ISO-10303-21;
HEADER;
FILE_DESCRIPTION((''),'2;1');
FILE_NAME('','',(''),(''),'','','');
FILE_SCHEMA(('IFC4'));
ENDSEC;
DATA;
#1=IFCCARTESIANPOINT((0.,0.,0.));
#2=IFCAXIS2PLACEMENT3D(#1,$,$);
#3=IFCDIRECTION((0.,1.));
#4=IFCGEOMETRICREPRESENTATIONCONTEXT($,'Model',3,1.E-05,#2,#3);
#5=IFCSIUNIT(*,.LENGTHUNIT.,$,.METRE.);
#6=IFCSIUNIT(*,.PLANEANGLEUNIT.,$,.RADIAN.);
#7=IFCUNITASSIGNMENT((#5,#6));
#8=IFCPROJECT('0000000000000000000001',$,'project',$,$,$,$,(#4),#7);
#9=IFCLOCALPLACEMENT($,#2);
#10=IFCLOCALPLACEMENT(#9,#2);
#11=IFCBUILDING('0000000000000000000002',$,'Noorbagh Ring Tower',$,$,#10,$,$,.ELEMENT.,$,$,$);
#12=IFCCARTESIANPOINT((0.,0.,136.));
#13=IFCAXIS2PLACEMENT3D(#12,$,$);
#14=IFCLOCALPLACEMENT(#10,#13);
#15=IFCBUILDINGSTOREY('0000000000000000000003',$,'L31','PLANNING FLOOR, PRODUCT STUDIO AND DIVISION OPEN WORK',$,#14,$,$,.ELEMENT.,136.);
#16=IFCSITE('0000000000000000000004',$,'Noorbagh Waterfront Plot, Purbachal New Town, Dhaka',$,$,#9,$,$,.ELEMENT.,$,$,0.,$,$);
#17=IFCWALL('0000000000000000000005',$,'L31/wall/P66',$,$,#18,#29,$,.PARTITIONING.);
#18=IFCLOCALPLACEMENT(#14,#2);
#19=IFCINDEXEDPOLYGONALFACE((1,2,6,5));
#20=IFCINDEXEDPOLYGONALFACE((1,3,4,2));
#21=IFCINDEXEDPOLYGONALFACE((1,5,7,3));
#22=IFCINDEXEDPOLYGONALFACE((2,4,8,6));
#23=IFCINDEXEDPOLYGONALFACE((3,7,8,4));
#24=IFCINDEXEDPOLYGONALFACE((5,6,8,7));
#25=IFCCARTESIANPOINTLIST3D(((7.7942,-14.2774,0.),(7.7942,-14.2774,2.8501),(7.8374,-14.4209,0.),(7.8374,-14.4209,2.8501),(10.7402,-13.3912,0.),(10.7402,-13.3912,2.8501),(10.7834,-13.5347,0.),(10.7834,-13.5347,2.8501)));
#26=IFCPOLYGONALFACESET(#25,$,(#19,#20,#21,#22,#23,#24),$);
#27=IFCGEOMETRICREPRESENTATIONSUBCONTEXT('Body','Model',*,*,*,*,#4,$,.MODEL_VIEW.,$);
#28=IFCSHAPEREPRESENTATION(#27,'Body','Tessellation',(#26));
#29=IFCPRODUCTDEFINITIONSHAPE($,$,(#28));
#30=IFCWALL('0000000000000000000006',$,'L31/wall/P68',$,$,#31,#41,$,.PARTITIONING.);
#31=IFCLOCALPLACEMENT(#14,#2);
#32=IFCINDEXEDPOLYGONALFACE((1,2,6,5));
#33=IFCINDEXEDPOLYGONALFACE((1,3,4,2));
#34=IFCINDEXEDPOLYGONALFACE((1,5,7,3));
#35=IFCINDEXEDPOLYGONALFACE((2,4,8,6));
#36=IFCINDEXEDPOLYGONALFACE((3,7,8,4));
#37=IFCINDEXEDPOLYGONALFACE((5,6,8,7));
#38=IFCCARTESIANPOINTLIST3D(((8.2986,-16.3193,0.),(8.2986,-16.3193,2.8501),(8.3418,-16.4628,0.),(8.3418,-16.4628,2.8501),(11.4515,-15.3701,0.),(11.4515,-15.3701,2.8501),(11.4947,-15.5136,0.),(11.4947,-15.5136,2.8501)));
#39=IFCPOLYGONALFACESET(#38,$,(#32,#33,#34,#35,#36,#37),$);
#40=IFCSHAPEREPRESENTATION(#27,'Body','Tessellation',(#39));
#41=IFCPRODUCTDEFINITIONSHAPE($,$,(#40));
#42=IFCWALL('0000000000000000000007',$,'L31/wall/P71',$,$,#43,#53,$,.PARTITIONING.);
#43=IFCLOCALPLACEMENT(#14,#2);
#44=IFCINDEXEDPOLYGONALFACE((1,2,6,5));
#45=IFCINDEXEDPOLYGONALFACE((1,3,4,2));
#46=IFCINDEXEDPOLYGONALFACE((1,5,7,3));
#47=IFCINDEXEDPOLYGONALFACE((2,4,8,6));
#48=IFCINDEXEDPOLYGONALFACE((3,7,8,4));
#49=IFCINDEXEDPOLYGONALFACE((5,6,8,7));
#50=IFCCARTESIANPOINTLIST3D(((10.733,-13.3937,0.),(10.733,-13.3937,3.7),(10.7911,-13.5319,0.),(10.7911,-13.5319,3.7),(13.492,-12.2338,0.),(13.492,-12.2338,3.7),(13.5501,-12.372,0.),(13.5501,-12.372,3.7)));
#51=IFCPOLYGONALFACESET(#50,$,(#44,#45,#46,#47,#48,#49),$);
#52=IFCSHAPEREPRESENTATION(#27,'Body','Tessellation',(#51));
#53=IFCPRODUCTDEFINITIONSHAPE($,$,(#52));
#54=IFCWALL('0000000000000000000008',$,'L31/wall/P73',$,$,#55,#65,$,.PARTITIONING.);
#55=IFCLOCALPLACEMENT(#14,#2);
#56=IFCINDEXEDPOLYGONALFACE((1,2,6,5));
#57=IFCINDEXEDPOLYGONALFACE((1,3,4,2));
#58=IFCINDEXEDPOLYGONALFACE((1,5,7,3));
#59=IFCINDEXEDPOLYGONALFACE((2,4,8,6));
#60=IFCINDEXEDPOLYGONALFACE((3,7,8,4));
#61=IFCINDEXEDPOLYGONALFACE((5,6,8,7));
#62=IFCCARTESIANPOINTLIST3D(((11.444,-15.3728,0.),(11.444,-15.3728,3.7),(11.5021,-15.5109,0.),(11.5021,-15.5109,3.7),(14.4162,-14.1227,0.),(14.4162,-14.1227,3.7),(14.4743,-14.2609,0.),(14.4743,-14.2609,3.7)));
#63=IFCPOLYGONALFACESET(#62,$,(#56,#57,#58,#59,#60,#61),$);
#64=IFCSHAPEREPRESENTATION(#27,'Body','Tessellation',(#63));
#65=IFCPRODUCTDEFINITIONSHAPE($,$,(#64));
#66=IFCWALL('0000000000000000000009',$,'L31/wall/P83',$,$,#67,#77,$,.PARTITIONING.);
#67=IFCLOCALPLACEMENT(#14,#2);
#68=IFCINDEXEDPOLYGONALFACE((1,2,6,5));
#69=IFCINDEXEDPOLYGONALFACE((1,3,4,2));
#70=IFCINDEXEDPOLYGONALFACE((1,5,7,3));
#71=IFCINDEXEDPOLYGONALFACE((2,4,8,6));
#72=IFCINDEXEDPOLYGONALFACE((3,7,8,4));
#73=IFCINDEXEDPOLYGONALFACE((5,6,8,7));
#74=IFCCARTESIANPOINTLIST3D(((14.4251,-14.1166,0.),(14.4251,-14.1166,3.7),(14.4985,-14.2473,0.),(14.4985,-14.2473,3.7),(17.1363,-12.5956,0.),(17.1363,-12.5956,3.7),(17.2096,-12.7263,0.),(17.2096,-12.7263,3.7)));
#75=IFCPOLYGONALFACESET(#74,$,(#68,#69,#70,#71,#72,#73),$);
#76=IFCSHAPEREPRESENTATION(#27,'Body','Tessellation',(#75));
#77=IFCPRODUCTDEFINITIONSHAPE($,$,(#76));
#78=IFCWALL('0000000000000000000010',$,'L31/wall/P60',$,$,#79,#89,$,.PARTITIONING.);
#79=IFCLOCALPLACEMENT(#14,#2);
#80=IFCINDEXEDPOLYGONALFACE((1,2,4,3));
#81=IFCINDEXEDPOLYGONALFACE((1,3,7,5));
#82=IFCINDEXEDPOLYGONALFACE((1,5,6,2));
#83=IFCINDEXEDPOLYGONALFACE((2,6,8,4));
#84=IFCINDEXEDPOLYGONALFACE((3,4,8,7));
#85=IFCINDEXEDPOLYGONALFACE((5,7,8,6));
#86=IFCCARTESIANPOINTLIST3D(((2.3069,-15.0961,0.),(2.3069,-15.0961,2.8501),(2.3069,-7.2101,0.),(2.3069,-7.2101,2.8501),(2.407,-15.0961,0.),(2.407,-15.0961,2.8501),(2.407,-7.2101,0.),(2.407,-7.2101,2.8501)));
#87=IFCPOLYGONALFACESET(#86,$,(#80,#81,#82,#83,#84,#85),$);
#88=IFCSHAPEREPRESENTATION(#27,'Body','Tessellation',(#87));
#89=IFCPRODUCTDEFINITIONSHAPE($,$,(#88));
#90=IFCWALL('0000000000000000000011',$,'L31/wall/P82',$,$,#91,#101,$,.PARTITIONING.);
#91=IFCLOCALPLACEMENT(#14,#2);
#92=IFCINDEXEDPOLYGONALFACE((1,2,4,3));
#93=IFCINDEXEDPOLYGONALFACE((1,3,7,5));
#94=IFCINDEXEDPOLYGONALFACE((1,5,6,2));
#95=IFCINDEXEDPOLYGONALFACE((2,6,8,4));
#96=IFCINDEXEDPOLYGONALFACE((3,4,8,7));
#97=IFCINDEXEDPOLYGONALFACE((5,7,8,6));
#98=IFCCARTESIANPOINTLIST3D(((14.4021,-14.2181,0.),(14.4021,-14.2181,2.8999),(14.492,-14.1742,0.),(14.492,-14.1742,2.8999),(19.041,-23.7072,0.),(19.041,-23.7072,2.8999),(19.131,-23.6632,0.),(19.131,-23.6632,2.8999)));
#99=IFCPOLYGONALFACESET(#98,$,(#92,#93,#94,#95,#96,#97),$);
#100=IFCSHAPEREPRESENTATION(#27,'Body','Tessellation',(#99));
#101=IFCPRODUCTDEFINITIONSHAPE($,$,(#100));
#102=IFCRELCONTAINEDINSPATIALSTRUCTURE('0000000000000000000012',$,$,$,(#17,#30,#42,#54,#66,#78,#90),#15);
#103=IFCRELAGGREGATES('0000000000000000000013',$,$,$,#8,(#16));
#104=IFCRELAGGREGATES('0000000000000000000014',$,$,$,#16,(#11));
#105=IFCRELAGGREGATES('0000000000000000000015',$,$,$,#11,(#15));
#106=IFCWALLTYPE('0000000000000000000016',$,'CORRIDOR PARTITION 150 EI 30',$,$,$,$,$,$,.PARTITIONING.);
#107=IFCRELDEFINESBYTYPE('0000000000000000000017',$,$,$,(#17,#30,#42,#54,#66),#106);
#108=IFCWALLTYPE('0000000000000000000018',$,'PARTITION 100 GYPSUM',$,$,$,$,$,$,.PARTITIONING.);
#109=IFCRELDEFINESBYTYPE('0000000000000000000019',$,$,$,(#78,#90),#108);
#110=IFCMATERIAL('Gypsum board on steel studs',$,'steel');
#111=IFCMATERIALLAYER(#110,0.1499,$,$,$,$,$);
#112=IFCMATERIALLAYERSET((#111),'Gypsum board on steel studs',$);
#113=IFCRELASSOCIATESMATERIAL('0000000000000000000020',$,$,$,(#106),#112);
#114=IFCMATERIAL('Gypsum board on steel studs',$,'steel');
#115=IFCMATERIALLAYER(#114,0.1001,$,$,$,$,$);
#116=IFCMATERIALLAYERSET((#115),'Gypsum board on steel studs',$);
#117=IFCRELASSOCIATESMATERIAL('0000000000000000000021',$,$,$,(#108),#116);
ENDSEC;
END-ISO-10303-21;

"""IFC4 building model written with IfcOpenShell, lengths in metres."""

from ifc_helpers import new_model, si_unit, direction, frame, frame_2d, origin, place, context, subcontext, project, spatial, rectangle, extrude, material, layer, layer_set, type_object, element, save


model = new_model("IFC4")

# Units and contexts
model_context = context("Model", 3, precision=1e-05, world=origin(), true_north=direction((0.0, 1.0)))
body_context = subcontext(model_context, "Body", "Model", "MODEL_VIEW")
ifc_project = project(units=[si_unit("LENGTHUNIT", "METRE"), si_unit("PLANEANGLEUNIT", "RADIAN")], contexts=[model_context])

# Site, building, storey
site_placement = place(None, origin())
site = spatial("IfcSite", under=ifc_project, at=site_placement, Name="Noorbagh Waterfront Plot, Purbachal New Town, Dhaka", CompositionType="ELEMENT", RefElevation=0.0)
building_placement = place(site_placement, origin())
building = spatial("IfcBuilding", under=site, at=building_placement, Name="Noorbagh Ring Tower", CompositionType="ELEMENT")
storey_placement = place(building_placement, frame((0.0, 0.0, 136.0)))
storey = spatial("IfcBuildingStorey", under=building, at=storey_placement, Name="L31", Description="PLANNING FLOOR, PRODUCT STUDIO AND DIVISION OPEN WORK", CompositionType="ELEMENT", Elevation=136.0)

# Shared definitions
ifc_material_1 = material(Name="Gypsum board on steel studs", Category="steel")
ifc_layer_1 = layer(ifc_material_1, 0.1499)
ifc_layer_set_1 = layer_set([ifc_layer_1], Name="Gypsum board on steel studs")
wall_type_1 = type_object("IfcWallType", Name="CORRIDOR PARTITION 150 EI 30", PredefinedType="PARTITIONING", material=ifc_layer_set_1)

# Walls
wall_1_placement = place(storey_placement, frame((7.8159, -14.3491, 0.0), z_axis=(0.0, 0.0, 1.0), x_axis=(0.95761, 0.288069, 0.0)))
element("IfcWall", 1, at=wall_1_placement, inside=storey, type_object=wall_type_1, Name="L31/wall/P66", PredefinedType="PARTITIONING", context=body_context, shape_type="SweptSolid", body=[
    extrude(rectangle(XDim=3.0764, YDim=0.1499, at=frame_2d((1.5381, 0.0))), origin(), (0.0, 0.0, 1.0), 2.8501),
])
wall_2_placement = place(storey_placement, frame((8.3201, -16.3911, 0.0), z_axis=(0.0, 0.0, 1.0), x_axis=(0.957544, 0.288286, 0.0)))
element("IfcWall", 2, at=wall_2_placement, inside=storey, type_object=wall_type_1, Name="L31/wall/P68", PredefinedType="PARTITIONING", context=body_context, shape_type="SweptSolid", body=[
    extrude(rectangle(XDim=3.2927, YDim=0.1499, at=frame_2d((1.6465, 0.0))), origin(), (0.0, 0.0, 1.0), 2.8501),
])
wall_3_placement = place(storey_placement, frame((10.762, -13.4629, 0.0), z_axis=(0.0, 0.0, 1.0), x_axis=(0.921849, 0.38755, 0.0)))
element("IfcWall", 3, at=wall_3_placement, inside=storey, type_object=wall_type_1, Name="L31/wall/P71", PredefinedType="PARTITIONING", context=body_context, shape_type="SweptSolid", body=[
    extrude(rectangle(XDim=2.9929, YDim=0.1499, at=frame_2d((1.4966, 0.0))), origin(), (0.0, 0.0, 1.0), 3.7),
])
wall_4_placement = place(storey_placement, frame((11.4729, -15.4419, 0.0), z_axis=(0.0, 0.0, 1.0), x_axis=(0.921795, 0.387678, 0.0)))
element("IfcWall", 4, at=wall_4_placement, inside=storey, type_object=wall_type_1, Name="L31/wall/P73", PredefinedType="PARTITIONING", context=body_context, shape_type="SweptSolid", body=[
    extrude(rectangle(XDim=3.2244, YDim=0.1499, at=frame_2d((1.6123, 0.0))), origin(), (0.0, 0.0, 1.0), 3.7),
])
wall_5_placement = place(storey_placement, frame((14.4619, -14.1819, 0.0), z_axis=(0.0, 0.0, 1.0), x_axis=(0.872131, 0.489273, 0.0)))
element("IfcWall", 5, at=wall_5_placement, inside=storey, type_object=wall_type_1, Name="L31/wall/P83", PredefinedType="PARTITIONING", context=body_context, shape_type="SweptSolid", body=[
    extrude(rectangle(XDim=3.1086, YDim=0.1499, at=frame_2d((1.5542, 0.0))), origin(), (0.0, 0.0, 1.0), 3.7),
])
ifc_material_2 = material(Name="Gypsum board on steel studs", Category="steel")
ifc_layer_2 = layer(ifc_material_2, 0.1001)
ifc_layer_set_2 = layer_set([ifc_layer_2], Name="Gypsum board on steel studs")
wall_type_2 = type_object("IfcWallType", Name="PARTITION 100 GYPSUM", PredefinedType="PARTITIONING", material=ifc_layer_set_2)
wall_6_placement = place(storey_placement, frame((2.3569, -15.0959, 0.0), z_axis=(0.0, 0.0, 1.0), x_axis=(0.0, 1.0, 0.0)))
element("IfcWall", 6, at=wall_6_placement, inside=storey, type_object=wall_type_2, Name="L31/wall/P60", PredefinedType="PARTITIONING", context=body_context, shape_type="SweptSolid", body=[
    extrude(rectangle(XDim=7.886, YDim=0.1001, at=frame_2d((3.9429, 0.0))), origin(), (0.0, 0.0, 1.0), 2.8501),
])
wall_7_placement = place(storey_placement, frame((14.447, -14.196, 0.0), z_axis=(0.0, 0.0, 1.0), x_axis=(0.439198, -0.89839, 0.0)))
element("IfcWall", 7, at=wall_7_placement, inside=storey, type_object=wall_type_2, Name="L31/wall/P82", PredefinedType="PARTITIONING", context=body_context, shape_type="SweptSolid", body=[
    extrude(rectangle(XDim=10.5623, YDim=0.1001, at=frame_2d((5.2812, 0.0))), origin(), (0.0, 0.0, 1.0), 2.8999),
])

save(model, "model.ifc")
